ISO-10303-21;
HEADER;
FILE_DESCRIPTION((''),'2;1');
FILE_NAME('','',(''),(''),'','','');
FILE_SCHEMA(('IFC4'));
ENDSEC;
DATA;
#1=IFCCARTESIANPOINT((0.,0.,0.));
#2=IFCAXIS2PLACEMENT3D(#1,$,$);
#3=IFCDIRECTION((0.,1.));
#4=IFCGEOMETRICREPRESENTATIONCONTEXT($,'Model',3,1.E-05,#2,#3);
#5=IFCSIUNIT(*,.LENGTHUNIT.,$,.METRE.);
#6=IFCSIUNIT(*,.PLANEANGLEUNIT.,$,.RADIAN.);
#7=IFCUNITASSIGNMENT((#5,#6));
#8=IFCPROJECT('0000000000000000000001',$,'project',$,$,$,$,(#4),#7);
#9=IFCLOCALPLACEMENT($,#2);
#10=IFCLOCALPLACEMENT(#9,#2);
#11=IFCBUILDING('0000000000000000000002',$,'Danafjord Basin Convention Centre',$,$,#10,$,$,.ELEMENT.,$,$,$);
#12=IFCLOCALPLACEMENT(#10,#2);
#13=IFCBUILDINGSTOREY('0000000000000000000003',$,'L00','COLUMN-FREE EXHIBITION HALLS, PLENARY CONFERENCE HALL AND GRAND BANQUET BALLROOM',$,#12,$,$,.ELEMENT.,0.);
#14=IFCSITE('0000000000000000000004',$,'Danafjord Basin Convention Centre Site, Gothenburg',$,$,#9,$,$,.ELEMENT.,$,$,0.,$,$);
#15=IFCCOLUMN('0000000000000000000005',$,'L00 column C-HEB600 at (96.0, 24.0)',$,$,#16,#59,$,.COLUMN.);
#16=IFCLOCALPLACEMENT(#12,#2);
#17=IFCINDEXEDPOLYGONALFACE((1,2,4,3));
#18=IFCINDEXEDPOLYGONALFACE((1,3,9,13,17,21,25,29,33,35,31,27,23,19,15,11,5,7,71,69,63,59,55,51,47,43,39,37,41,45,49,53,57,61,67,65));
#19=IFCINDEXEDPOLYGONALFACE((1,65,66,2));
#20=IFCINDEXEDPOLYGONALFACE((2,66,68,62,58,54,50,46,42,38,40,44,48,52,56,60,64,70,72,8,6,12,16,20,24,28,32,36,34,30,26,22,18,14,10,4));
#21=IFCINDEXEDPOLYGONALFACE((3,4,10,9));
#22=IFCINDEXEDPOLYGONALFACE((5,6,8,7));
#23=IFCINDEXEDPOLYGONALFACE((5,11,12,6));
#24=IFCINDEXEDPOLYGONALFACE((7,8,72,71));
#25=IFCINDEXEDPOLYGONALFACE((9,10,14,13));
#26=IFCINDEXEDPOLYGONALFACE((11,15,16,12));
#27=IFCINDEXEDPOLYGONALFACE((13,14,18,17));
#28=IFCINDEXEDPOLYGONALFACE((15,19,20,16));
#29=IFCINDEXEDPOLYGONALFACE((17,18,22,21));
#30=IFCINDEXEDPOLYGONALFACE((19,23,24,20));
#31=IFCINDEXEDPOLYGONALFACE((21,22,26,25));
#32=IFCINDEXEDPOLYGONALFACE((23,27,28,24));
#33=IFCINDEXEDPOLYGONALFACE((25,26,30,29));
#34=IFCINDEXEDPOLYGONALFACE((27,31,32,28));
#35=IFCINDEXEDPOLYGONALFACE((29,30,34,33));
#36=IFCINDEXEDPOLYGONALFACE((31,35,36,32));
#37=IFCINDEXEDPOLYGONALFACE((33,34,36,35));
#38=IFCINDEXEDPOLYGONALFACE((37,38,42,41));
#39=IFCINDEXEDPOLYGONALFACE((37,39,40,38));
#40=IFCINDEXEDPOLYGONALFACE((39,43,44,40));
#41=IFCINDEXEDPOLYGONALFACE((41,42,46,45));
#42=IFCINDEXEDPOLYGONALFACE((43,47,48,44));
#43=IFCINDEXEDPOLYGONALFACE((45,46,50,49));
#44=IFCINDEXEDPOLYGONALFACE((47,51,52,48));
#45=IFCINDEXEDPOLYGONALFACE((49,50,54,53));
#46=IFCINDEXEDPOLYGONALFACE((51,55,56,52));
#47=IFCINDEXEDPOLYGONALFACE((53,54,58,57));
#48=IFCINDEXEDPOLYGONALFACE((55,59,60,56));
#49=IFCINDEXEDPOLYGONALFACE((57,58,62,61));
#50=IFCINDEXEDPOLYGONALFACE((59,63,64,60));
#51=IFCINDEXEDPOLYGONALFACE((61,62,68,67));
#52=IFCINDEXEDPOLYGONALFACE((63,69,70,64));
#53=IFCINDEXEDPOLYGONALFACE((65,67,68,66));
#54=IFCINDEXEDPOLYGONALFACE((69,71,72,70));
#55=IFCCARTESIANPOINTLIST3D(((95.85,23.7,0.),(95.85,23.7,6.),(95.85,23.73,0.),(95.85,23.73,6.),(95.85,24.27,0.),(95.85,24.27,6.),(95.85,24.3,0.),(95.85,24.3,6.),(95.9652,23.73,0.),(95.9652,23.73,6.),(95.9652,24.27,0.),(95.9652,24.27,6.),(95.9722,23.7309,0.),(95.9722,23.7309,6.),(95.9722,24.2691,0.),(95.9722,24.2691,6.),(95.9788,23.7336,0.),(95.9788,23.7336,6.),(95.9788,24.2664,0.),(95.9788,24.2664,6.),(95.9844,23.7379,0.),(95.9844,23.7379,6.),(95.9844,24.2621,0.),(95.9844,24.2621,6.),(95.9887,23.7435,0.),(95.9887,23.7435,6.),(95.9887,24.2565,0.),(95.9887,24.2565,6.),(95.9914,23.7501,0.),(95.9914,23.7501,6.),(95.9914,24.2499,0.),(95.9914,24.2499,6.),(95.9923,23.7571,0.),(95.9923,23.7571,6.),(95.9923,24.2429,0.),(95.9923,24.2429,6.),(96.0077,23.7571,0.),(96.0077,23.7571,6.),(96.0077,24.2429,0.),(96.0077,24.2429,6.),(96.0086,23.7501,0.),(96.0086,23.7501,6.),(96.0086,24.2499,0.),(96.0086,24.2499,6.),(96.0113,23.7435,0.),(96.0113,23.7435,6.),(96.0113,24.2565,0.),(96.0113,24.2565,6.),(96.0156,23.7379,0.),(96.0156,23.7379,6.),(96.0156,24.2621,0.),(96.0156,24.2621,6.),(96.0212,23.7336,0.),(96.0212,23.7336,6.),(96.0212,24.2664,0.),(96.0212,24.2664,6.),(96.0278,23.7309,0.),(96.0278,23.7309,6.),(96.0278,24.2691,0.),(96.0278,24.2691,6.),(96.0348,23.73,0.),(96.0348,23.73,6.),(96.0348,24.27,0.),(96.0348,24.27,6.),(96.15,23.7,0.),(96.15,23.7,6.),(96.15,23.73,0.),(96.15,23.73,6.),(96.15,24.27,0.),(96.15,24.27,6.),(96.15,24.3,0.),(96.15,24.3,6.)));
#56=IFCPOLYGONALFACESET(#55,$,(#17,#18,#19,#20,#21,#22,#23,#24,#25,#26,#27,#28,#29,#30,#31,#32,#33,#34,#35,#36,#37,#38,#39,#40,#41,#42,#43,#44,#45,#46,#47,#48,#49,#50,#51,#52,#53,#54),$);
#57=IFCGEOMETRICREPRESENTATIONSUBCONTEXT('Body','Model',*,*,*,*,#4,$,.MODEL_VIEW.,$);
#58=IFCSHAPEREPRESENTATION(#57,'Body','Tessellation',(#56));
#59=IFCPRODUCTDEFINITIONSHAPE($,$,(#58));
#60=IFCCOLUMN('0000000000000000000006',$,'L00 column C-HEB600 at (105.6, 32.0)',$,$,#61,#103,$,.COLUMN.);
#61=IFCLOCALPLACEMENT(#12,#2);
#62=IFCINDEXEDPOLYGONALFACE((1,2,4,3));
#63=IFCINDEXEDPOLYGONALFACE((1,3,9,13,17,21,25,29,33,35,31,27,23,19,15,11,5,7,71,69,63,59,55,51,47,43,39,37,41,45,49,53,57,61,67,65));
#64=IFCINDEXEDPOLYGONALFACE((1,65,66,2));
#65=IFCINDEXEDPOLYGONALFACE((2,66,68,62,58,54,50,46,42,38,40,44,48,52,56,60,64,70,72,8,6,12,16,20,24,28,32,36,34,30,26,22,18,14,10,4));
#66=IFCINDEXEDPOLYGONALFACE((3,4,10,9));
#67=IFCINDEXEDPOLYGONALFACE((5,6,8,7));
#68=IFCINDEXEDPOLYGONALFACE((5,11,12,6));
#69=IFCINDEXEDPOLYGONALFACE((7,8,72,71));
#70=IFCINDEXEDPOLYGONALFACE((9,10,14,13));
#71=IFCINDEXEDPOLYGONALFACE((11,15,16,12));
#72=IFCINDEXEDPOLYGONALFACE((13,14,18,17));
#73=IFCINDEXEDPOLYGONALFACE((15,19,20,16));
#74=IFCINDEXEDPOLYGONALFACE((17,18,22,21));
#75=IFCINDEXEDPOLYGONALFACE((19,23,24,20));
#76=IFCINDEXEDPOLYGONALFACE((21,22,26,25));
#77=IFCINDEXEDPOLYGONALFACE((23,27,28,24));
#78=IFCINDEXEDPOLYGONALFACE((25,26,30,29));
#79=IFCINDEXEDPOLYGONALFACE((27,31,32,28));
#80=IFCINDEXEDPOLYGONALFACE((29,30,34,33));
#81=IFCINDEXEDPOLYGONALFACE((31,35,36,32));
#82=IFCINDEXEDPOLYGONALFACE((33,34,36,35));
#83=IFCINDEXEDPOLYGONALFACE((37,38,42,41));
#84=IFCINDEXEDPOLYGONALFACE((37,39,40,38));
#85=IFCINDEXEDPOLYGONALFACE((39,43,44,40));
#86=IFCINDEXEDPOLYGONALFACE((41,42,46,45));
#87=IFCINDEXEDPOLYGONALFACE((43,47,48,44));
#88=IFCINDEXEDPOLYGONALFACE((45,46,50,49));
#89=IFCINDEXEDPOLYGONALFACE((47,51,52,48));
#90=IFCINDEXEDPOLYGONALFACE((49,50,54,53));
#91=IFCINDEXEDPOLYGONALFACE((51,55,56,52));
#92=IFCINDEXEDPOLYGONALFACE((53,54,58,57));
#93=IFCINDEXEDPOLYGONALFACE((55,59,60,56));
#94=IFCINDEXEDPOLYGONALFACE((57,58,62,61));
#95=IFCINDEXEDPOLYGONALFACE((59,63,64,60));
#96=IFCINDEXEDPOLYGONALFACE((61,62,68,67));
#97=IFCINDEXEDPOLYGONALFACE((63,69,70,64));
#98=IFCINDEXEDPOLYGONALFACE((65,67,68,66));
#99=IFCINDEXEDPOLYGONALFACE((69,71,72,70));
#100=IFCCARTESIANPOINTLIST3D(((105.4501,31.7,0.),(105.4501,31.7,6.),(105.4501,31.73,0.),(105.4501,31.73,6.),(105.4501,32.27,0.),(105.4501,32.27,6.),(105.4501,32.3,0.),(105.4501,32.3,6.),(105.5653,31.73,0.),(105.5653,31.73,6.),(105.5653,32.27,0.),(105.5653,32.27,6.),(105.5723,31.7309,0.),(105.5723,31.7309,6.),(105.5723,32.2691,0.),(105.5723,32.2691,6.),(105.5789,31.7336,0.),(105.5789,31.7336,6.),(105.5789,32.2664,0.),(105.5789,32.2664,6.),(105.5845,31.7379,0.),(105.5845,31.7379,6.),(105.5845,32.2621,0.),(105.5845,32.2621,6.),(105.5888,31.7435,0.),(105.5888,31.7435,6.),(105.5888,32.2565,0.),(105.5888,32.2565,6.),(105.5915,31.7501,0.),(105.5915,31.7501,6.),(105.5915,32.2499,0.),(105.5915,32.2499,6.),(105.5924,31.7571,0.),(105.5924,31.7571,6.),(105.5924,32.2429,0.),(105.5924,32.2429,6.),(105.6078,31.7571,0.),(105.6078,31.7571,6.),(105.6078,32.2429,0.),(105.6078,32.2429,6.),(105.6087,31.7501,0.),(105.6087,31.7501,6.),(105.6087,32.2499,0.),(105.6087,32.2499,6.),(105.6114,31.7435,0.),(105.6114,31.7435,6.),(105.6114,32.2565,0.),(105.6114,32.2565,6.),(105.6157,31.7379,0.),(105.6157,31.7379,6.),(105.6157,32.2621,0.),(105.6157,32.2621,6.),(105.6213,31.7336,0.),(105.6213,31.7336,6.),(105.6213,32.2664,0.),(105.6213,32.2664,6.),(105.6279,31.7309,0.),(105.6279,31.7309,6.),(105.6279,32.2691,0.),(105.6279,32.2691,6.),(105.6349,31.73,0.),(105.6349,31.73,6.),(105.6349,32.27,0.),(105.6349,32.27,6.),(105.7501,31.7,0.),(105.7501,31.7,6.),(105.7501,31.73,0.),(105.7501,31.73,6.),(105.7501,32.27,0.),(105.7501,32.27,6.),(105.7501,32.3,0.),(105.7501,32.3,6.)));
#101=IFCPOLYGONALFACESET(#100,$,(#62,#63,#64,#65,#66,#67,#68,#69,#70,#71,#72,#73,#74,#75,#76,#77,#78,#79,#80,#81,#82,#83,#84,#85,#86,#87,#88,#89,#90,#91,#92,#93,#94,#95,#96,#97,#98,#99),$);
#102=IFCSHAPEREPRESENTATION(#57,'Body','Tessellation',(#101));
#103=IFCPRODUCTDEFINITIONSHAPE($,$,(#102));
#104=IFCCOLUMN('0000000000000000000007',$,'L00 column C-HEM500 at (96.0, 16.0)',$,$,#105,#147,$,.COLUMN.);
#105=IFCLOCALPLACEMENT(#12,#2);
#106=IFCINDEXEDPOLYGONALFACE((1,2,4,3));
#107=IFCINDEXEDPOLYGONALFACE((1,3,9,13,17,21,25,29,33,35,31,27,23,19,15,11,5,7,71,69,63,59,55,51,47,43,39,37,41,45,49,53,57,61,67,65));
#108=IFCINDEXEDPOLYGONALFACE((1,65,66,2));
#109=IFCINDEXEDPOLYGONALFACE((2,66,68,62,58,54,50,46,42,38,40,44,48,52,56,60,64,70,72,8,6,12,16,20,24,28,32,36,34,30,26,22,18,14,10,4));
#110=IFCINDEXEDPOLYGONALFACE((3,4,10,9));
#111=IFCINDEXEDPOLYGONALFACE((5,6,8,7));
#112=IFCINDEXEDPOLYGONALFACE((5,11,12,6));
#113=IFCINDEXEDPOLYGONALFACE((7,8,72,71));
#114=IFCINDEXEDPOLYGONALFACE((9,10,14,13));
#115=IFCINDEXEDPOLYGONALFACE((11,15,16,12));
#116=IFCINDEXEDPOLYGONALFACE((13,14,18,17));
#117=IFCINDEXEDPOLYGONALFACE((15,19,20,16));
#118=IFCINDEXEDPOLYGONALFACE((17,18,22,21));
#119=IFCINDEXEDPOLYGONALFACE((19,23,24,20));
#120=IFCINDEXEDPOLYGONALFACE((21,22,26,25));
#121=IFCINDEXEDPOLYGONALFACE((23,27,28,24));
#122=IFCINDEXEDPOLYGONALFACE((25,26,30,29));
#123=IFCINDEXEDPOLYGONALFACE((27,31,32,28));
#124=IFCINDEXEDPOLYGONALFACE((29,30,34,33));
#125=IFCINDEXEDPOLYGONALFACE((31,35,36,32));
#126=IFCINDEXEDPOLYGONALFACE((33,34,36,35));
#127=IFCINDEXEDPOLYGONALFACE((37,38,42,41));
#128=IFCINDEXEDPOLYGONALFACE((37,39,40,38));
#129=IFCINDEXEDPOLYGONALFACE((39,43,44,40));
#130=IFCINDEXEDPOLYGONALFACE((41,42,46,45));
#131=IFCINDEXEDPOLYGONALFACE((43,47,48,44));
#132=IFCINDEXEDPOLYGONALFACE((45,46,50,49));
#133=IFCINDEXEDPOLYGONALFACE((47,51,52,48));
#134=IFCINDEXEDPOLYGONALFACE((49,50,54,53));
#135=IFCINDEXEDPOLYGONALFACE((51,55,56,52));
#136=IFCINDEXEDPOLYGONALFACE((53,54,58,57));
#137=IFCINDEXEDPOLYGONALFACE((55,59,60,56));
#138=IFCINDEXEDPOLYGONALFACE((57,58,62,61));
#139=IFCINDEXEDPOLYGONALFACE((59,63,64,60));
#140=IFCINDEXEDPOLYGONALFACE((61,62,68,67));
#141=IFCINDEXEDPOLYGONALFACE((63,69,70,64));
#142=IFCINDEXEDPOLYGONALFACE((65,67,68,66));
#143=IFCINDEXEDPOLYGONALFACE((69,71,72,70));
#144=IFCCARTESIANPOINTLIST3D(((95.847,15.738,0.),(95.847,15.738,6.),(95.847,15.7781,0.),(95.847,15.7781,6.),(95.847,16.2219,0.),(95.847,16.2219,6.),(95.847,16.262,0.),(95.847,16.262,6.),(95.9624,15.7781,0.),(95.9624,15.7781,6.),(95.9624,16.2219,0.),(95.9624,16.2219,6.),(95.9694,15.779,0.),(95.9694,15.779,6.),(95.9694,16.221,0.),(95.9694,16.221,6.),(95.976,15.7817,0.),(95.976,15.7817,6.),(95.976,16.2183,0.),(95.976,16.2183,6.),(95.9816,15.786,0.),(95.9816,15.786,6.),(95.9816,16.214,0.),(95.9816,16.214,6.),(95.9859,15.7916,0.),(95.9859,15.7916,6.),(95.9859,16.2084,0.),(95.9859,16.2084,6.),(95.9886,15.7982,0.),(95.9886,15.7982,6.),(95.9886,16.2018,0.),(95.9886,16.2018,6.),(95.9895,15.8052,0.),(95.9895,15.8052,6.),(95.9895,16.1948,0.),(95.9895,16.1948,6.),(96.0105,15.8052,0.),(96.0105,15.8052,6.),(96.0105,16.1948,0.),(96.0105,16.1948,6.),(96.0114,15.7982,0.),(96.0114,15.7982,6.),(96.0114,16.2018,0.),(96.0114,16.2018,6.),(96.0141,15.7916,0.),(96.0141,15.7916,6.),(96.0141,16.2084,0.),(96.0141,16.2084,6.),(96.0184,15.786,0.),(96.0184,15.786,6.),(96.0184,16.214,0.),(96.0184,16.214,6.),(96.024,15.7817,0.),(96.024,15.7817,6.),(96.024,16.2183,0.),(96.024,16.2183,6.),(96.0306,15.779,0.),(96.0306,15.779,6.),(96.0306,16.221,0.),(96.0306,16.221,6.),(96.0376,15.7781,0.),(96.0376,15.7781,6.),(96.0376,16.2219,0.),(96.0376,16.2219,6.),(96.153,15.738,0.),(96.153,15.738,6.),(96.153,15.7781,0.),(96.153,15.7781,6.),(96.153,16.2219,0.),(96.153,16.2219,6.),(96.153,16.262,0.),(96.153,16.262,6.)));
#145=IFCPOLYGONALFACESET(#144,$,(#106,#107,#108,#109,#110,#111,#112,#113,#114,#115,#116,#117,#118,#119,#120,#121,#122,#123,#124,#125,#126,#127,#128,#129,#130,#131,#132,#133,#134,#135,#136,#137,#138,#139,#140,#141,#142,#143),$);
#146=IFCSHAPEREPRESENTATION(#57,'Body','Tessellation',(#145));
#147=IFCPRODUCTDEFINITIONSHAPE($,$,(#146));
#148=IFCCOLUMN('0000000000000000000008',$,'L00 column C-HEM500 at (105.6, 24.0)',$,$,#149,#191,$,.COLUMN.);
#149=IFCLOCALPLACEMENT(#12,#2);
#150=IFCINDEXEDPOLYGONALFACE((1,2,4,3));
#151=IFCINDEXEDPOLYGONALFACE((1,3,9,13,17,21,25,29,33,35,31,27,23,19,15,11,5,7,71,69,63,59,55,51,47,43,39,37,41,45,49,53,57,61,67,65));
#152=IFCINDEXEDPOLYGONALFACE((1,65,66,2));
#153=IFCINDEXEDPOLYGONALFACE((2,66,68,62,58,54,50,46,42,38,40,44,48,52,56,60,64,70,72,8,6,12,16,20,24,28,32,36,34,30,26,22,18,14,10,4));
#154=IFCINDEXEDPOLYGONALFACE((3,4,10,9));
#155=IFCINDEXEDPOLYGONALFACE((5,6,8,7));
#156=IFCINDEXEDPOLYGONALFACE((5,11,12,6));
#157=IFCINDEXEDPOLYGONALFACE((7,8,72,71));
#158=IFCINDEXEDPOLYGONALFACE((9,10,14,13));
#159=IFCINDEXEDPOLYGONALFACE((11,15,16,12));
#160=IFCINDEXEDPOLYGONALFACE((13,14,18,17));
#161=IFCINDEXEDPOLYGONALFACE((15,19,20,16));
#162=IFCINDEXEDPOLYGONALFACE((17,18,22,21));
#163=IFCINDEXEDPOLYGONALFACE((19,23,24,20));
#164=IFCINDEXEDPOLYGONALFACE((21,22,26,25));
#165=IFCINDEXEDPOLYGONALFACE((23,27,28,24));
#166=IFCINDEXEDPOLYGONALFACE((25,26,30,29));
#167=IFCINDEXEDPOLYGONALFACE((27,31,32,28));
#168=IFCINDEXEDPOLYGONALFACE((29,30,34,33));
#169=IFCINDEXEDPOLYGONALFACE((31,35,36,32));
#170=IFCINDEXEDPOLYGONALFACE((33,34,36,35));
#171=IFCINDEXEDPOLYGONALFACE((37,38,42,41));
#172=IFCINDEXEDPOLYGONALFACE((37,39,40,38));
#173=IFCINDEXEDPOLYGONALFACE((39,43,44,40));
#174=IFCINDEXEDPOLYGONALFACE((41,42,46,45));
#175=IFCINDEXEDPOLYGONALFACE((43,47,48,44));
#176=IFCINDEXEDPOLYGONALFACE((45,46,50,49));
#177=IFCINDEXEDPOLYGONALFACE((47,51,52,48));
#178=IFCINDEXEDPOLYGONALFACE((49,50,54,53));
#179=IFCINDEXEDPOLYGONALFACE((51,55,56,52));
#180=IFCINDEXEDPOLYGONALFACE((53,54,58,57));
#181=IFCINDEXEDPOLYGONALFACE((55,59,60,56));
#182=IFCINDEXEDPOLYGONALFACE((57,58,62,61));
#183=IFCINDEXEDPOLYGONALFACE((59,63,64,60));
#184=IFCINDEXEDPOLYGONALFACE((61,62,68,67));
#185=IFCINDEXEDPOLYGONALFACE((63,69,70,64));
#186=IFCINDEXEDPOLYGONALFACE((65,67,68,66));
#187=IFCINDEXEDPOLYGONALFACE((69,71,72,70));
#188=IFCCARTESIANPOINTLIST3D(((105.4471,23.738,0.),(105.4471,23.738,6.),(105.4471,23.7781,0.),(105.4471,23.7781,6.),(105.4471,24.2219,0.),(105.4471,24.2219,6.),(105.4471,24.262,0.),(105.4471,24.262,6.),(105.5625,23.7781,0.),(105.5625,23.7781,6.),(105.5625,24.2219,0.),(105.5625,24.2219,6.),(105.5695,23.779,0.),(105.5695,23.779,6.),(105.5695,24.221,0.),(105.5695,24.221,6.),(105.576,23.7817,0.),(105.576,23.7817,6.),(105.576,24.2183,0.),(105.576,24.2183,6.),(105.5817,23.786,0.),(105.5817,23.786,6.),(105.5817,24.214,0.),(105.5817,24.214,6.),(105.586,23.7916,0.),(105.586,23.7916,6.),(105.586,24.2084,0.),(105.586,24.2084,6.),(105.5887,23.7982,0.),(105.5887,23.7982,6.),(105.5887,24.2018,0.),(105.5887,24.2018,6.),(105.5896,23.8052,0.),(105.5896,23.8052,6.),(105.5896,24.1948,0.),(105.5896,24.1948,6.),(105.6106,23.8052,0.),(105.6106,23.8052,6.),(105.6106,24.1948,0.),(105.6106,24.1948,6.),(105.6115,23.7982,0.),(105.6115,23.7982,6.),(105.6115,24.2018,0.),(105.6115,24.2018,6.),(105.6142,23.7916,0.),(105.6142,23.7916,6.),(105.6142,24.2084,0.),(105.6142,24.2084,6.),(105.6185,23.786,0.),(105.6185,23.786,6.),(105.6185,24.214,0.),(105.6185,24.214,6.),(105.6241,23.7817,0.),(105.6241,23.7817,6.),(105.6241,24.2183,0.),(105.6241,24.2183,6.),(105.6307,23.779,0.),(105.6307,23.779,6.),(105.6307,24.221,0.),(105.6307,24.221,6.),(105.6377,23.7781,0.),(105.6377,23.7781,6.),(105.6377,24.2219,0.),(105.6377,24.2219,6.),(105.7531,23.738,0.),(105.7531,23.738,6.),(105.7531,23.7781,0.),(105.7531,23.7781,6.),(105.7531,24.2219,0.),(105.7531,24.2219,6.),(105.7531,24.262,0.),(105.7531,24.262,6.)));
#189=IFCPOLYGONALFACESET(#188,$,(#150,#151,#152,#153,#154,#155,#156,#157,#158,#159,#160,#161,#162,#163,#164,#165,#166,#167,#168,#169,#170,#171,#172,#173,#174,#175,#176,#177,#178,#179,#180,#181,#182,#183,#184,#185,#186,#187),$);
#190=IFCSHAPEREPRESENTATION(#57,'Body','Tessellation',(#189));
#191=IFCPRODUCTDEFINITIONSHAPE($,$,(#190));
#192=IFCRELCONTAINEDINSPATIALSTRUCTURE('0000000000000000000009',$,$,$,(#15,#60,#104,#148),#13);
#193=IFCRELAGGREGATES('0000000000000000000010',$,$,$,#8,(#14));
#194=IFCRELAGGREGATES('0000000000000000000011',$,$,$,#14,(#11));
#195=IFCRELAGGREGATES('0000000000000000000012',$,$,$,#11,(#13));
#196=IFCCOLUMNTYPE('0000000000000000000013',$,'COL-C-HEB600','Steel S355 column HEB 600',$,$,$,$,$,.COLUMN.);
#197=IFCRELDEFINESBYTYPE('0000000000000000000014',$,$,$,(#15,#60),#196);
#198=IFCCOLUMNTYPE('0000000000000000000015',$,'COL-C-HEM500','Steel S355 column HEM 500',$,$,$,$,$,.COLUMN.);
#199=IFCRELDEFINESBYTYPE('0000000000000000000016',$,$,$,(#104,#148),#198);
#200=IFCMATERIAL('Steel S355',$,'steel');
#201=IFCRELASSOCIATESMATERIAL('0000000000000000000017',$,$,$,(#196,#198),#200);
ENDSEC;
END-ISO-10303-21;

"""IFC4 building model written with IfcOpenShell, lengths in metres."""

from ifc_helpers import new_model, si_unit, direction, frame, origin, origin_2d, place, context, subcontext, project, spatial, i_section, extrude, material, material_profile, profile_set, type_object, element, save


model = new_model("IFC4")

# Units and contexts
model_context = context("Model", 3, precision=1e-05, world=origin(), true_north=direction((0.0, 1.0)))
body_context = subcontext(model_context, "Body", "Model", "MODEL_VIEW")
ifc_project = project(units=[si_unit("LENGTHUNIT", "METRE"), si_unit("PLANEANGLEUNIT", "RADIAN")], contexts=[model_context])

# Site, building, storey
site_placement = place(None, origin())
site = spatial("IfcSite", under=ifc_project, at=site_placement, Name="Danafjord Basin Convention Centre Site, Gothenburg", CompositionType="ELEMENT", RefElevation=0.0)
building_placement = place(site_placement, origin())
building = spatial("IfcBuilding", under=site, at=building_placement, Name="Danafjord Basin Convention Centre", CompositionType="ELEMENT")
storey_placement = place(building_placement, origin())
storey = spatial("IfcBuildingStorey", under=building, at=storey_placement, Name="L00", Description="COLUMN-FREE EXHIBITION HALLS, PLENARY CONFERENCE HALL AND GRAND BANQUET BALLROOM", CompositionType="ELEMENT", Elevation=0.0)

# Columns
ifc_material_1 = material(Name="Steel S355", Category="steel")
ifc_material_profile_1 = material_profile(ifc_material_1, i_section(OverallWidth=0.3, OverallDepth=0.6001, WebThickness=0.0154, FlangeThickness=0.03, FilletRadius=0.0271, at=origin_2d()), Name="HEB 600")
ifc_profile_set_1 = profile_set([ifc_material_profile_1], Name="Steel S355")
column_type_1 = type_object("IfcColumnType", Name="COL-C-HEB600", Description="Steel S355 column HEB 600", PredefinedType="COLUMN", material=ifc_profile_set_1)
for number, where, z_axis, x_axis, name in (
    (1, (96.0, 24.0, 0.0), (0.0, 0.0, 1.0), (1.0, 0.0, 0.0), "L00 column C-HEB600 at (96.0, 24.0)"),
    (2, (105.6001, 32.0, 0.0), (0.0, 0.0, 1.0), (1.0, 0.0, 0.0), "L00 column C-HEB600 at (105.6, 32.0)"),
):
    element("IfcColumn", number, at=place(storey_placement, frame(where, z_axis=z_axis, x_axis=x_axis)), inside=storey, type_object=column_type_1, Name=name, PredefinedType="COLUMN", context=body_context, shape_type="SweptSolid", body=[
        extrude(i_section(OverallWidth=0.3, OverallDepth=0.6001, WebThickness=0.0154, FlangeThickness=0.03, FilletRadius=0.0271, at=origin_2d()), origin(), (0.0, 0.0, 1.0), 6.0),
    ])
ifc_material_profile_2 = material_profile(ifc_material_1, i_section(OverallWidth=0.3059, OverallDepth=0.5239, WebThickness=0.021, FlangeThickness=0.04, FilletRadius=0.0271, at=origin_2d()), Name="HEM 500")
ifc_profile_set_2 = profile_set([ifc_material_profile_2], Name="Steel S355")
column_type_2 = type_object("IfcColumnType", Name="COL-C-HEM500", Description="Steel S355 column HEM 500", PredefinedType="COLUMN", material=ifc_profile_set_2)
for number, where, z_axis, x_axis, name in (
    (3, (96.0, 16.0, 0.0), (0.0, 0.0, 1.0), (1.0, 0.0, 0.0), "L00 column C-HEM500 at (96.0, 16.0)"),
    (4, (105.6001, 24.0, 0.0), (0.0, 0.0, 1.0), (1.0, 0.0, 0.0), "L00 column C-HEM500 at (105.6, 24.0)"),
):
    element("IfcColumn", number, at=place(storey_placement, frame(where, z_axis=z_axis, x_axis=x_axis)), inside=storey, type_object=column_type_2, Name=name, PredefinedType="COLUMN", context=body_context, shape_type="SweptSolid", body=[
        extrude(i_section(OverallWidth=0.3059, OverallDepth=0.5239, WebThickness=0.021, FlangeThickness=0.04, FilletRadius=0.0271, at=origin_2d()), origin(), (0.0, 0.0, 1.0), 6.0),
    ])

save(model, "model.ifc")
